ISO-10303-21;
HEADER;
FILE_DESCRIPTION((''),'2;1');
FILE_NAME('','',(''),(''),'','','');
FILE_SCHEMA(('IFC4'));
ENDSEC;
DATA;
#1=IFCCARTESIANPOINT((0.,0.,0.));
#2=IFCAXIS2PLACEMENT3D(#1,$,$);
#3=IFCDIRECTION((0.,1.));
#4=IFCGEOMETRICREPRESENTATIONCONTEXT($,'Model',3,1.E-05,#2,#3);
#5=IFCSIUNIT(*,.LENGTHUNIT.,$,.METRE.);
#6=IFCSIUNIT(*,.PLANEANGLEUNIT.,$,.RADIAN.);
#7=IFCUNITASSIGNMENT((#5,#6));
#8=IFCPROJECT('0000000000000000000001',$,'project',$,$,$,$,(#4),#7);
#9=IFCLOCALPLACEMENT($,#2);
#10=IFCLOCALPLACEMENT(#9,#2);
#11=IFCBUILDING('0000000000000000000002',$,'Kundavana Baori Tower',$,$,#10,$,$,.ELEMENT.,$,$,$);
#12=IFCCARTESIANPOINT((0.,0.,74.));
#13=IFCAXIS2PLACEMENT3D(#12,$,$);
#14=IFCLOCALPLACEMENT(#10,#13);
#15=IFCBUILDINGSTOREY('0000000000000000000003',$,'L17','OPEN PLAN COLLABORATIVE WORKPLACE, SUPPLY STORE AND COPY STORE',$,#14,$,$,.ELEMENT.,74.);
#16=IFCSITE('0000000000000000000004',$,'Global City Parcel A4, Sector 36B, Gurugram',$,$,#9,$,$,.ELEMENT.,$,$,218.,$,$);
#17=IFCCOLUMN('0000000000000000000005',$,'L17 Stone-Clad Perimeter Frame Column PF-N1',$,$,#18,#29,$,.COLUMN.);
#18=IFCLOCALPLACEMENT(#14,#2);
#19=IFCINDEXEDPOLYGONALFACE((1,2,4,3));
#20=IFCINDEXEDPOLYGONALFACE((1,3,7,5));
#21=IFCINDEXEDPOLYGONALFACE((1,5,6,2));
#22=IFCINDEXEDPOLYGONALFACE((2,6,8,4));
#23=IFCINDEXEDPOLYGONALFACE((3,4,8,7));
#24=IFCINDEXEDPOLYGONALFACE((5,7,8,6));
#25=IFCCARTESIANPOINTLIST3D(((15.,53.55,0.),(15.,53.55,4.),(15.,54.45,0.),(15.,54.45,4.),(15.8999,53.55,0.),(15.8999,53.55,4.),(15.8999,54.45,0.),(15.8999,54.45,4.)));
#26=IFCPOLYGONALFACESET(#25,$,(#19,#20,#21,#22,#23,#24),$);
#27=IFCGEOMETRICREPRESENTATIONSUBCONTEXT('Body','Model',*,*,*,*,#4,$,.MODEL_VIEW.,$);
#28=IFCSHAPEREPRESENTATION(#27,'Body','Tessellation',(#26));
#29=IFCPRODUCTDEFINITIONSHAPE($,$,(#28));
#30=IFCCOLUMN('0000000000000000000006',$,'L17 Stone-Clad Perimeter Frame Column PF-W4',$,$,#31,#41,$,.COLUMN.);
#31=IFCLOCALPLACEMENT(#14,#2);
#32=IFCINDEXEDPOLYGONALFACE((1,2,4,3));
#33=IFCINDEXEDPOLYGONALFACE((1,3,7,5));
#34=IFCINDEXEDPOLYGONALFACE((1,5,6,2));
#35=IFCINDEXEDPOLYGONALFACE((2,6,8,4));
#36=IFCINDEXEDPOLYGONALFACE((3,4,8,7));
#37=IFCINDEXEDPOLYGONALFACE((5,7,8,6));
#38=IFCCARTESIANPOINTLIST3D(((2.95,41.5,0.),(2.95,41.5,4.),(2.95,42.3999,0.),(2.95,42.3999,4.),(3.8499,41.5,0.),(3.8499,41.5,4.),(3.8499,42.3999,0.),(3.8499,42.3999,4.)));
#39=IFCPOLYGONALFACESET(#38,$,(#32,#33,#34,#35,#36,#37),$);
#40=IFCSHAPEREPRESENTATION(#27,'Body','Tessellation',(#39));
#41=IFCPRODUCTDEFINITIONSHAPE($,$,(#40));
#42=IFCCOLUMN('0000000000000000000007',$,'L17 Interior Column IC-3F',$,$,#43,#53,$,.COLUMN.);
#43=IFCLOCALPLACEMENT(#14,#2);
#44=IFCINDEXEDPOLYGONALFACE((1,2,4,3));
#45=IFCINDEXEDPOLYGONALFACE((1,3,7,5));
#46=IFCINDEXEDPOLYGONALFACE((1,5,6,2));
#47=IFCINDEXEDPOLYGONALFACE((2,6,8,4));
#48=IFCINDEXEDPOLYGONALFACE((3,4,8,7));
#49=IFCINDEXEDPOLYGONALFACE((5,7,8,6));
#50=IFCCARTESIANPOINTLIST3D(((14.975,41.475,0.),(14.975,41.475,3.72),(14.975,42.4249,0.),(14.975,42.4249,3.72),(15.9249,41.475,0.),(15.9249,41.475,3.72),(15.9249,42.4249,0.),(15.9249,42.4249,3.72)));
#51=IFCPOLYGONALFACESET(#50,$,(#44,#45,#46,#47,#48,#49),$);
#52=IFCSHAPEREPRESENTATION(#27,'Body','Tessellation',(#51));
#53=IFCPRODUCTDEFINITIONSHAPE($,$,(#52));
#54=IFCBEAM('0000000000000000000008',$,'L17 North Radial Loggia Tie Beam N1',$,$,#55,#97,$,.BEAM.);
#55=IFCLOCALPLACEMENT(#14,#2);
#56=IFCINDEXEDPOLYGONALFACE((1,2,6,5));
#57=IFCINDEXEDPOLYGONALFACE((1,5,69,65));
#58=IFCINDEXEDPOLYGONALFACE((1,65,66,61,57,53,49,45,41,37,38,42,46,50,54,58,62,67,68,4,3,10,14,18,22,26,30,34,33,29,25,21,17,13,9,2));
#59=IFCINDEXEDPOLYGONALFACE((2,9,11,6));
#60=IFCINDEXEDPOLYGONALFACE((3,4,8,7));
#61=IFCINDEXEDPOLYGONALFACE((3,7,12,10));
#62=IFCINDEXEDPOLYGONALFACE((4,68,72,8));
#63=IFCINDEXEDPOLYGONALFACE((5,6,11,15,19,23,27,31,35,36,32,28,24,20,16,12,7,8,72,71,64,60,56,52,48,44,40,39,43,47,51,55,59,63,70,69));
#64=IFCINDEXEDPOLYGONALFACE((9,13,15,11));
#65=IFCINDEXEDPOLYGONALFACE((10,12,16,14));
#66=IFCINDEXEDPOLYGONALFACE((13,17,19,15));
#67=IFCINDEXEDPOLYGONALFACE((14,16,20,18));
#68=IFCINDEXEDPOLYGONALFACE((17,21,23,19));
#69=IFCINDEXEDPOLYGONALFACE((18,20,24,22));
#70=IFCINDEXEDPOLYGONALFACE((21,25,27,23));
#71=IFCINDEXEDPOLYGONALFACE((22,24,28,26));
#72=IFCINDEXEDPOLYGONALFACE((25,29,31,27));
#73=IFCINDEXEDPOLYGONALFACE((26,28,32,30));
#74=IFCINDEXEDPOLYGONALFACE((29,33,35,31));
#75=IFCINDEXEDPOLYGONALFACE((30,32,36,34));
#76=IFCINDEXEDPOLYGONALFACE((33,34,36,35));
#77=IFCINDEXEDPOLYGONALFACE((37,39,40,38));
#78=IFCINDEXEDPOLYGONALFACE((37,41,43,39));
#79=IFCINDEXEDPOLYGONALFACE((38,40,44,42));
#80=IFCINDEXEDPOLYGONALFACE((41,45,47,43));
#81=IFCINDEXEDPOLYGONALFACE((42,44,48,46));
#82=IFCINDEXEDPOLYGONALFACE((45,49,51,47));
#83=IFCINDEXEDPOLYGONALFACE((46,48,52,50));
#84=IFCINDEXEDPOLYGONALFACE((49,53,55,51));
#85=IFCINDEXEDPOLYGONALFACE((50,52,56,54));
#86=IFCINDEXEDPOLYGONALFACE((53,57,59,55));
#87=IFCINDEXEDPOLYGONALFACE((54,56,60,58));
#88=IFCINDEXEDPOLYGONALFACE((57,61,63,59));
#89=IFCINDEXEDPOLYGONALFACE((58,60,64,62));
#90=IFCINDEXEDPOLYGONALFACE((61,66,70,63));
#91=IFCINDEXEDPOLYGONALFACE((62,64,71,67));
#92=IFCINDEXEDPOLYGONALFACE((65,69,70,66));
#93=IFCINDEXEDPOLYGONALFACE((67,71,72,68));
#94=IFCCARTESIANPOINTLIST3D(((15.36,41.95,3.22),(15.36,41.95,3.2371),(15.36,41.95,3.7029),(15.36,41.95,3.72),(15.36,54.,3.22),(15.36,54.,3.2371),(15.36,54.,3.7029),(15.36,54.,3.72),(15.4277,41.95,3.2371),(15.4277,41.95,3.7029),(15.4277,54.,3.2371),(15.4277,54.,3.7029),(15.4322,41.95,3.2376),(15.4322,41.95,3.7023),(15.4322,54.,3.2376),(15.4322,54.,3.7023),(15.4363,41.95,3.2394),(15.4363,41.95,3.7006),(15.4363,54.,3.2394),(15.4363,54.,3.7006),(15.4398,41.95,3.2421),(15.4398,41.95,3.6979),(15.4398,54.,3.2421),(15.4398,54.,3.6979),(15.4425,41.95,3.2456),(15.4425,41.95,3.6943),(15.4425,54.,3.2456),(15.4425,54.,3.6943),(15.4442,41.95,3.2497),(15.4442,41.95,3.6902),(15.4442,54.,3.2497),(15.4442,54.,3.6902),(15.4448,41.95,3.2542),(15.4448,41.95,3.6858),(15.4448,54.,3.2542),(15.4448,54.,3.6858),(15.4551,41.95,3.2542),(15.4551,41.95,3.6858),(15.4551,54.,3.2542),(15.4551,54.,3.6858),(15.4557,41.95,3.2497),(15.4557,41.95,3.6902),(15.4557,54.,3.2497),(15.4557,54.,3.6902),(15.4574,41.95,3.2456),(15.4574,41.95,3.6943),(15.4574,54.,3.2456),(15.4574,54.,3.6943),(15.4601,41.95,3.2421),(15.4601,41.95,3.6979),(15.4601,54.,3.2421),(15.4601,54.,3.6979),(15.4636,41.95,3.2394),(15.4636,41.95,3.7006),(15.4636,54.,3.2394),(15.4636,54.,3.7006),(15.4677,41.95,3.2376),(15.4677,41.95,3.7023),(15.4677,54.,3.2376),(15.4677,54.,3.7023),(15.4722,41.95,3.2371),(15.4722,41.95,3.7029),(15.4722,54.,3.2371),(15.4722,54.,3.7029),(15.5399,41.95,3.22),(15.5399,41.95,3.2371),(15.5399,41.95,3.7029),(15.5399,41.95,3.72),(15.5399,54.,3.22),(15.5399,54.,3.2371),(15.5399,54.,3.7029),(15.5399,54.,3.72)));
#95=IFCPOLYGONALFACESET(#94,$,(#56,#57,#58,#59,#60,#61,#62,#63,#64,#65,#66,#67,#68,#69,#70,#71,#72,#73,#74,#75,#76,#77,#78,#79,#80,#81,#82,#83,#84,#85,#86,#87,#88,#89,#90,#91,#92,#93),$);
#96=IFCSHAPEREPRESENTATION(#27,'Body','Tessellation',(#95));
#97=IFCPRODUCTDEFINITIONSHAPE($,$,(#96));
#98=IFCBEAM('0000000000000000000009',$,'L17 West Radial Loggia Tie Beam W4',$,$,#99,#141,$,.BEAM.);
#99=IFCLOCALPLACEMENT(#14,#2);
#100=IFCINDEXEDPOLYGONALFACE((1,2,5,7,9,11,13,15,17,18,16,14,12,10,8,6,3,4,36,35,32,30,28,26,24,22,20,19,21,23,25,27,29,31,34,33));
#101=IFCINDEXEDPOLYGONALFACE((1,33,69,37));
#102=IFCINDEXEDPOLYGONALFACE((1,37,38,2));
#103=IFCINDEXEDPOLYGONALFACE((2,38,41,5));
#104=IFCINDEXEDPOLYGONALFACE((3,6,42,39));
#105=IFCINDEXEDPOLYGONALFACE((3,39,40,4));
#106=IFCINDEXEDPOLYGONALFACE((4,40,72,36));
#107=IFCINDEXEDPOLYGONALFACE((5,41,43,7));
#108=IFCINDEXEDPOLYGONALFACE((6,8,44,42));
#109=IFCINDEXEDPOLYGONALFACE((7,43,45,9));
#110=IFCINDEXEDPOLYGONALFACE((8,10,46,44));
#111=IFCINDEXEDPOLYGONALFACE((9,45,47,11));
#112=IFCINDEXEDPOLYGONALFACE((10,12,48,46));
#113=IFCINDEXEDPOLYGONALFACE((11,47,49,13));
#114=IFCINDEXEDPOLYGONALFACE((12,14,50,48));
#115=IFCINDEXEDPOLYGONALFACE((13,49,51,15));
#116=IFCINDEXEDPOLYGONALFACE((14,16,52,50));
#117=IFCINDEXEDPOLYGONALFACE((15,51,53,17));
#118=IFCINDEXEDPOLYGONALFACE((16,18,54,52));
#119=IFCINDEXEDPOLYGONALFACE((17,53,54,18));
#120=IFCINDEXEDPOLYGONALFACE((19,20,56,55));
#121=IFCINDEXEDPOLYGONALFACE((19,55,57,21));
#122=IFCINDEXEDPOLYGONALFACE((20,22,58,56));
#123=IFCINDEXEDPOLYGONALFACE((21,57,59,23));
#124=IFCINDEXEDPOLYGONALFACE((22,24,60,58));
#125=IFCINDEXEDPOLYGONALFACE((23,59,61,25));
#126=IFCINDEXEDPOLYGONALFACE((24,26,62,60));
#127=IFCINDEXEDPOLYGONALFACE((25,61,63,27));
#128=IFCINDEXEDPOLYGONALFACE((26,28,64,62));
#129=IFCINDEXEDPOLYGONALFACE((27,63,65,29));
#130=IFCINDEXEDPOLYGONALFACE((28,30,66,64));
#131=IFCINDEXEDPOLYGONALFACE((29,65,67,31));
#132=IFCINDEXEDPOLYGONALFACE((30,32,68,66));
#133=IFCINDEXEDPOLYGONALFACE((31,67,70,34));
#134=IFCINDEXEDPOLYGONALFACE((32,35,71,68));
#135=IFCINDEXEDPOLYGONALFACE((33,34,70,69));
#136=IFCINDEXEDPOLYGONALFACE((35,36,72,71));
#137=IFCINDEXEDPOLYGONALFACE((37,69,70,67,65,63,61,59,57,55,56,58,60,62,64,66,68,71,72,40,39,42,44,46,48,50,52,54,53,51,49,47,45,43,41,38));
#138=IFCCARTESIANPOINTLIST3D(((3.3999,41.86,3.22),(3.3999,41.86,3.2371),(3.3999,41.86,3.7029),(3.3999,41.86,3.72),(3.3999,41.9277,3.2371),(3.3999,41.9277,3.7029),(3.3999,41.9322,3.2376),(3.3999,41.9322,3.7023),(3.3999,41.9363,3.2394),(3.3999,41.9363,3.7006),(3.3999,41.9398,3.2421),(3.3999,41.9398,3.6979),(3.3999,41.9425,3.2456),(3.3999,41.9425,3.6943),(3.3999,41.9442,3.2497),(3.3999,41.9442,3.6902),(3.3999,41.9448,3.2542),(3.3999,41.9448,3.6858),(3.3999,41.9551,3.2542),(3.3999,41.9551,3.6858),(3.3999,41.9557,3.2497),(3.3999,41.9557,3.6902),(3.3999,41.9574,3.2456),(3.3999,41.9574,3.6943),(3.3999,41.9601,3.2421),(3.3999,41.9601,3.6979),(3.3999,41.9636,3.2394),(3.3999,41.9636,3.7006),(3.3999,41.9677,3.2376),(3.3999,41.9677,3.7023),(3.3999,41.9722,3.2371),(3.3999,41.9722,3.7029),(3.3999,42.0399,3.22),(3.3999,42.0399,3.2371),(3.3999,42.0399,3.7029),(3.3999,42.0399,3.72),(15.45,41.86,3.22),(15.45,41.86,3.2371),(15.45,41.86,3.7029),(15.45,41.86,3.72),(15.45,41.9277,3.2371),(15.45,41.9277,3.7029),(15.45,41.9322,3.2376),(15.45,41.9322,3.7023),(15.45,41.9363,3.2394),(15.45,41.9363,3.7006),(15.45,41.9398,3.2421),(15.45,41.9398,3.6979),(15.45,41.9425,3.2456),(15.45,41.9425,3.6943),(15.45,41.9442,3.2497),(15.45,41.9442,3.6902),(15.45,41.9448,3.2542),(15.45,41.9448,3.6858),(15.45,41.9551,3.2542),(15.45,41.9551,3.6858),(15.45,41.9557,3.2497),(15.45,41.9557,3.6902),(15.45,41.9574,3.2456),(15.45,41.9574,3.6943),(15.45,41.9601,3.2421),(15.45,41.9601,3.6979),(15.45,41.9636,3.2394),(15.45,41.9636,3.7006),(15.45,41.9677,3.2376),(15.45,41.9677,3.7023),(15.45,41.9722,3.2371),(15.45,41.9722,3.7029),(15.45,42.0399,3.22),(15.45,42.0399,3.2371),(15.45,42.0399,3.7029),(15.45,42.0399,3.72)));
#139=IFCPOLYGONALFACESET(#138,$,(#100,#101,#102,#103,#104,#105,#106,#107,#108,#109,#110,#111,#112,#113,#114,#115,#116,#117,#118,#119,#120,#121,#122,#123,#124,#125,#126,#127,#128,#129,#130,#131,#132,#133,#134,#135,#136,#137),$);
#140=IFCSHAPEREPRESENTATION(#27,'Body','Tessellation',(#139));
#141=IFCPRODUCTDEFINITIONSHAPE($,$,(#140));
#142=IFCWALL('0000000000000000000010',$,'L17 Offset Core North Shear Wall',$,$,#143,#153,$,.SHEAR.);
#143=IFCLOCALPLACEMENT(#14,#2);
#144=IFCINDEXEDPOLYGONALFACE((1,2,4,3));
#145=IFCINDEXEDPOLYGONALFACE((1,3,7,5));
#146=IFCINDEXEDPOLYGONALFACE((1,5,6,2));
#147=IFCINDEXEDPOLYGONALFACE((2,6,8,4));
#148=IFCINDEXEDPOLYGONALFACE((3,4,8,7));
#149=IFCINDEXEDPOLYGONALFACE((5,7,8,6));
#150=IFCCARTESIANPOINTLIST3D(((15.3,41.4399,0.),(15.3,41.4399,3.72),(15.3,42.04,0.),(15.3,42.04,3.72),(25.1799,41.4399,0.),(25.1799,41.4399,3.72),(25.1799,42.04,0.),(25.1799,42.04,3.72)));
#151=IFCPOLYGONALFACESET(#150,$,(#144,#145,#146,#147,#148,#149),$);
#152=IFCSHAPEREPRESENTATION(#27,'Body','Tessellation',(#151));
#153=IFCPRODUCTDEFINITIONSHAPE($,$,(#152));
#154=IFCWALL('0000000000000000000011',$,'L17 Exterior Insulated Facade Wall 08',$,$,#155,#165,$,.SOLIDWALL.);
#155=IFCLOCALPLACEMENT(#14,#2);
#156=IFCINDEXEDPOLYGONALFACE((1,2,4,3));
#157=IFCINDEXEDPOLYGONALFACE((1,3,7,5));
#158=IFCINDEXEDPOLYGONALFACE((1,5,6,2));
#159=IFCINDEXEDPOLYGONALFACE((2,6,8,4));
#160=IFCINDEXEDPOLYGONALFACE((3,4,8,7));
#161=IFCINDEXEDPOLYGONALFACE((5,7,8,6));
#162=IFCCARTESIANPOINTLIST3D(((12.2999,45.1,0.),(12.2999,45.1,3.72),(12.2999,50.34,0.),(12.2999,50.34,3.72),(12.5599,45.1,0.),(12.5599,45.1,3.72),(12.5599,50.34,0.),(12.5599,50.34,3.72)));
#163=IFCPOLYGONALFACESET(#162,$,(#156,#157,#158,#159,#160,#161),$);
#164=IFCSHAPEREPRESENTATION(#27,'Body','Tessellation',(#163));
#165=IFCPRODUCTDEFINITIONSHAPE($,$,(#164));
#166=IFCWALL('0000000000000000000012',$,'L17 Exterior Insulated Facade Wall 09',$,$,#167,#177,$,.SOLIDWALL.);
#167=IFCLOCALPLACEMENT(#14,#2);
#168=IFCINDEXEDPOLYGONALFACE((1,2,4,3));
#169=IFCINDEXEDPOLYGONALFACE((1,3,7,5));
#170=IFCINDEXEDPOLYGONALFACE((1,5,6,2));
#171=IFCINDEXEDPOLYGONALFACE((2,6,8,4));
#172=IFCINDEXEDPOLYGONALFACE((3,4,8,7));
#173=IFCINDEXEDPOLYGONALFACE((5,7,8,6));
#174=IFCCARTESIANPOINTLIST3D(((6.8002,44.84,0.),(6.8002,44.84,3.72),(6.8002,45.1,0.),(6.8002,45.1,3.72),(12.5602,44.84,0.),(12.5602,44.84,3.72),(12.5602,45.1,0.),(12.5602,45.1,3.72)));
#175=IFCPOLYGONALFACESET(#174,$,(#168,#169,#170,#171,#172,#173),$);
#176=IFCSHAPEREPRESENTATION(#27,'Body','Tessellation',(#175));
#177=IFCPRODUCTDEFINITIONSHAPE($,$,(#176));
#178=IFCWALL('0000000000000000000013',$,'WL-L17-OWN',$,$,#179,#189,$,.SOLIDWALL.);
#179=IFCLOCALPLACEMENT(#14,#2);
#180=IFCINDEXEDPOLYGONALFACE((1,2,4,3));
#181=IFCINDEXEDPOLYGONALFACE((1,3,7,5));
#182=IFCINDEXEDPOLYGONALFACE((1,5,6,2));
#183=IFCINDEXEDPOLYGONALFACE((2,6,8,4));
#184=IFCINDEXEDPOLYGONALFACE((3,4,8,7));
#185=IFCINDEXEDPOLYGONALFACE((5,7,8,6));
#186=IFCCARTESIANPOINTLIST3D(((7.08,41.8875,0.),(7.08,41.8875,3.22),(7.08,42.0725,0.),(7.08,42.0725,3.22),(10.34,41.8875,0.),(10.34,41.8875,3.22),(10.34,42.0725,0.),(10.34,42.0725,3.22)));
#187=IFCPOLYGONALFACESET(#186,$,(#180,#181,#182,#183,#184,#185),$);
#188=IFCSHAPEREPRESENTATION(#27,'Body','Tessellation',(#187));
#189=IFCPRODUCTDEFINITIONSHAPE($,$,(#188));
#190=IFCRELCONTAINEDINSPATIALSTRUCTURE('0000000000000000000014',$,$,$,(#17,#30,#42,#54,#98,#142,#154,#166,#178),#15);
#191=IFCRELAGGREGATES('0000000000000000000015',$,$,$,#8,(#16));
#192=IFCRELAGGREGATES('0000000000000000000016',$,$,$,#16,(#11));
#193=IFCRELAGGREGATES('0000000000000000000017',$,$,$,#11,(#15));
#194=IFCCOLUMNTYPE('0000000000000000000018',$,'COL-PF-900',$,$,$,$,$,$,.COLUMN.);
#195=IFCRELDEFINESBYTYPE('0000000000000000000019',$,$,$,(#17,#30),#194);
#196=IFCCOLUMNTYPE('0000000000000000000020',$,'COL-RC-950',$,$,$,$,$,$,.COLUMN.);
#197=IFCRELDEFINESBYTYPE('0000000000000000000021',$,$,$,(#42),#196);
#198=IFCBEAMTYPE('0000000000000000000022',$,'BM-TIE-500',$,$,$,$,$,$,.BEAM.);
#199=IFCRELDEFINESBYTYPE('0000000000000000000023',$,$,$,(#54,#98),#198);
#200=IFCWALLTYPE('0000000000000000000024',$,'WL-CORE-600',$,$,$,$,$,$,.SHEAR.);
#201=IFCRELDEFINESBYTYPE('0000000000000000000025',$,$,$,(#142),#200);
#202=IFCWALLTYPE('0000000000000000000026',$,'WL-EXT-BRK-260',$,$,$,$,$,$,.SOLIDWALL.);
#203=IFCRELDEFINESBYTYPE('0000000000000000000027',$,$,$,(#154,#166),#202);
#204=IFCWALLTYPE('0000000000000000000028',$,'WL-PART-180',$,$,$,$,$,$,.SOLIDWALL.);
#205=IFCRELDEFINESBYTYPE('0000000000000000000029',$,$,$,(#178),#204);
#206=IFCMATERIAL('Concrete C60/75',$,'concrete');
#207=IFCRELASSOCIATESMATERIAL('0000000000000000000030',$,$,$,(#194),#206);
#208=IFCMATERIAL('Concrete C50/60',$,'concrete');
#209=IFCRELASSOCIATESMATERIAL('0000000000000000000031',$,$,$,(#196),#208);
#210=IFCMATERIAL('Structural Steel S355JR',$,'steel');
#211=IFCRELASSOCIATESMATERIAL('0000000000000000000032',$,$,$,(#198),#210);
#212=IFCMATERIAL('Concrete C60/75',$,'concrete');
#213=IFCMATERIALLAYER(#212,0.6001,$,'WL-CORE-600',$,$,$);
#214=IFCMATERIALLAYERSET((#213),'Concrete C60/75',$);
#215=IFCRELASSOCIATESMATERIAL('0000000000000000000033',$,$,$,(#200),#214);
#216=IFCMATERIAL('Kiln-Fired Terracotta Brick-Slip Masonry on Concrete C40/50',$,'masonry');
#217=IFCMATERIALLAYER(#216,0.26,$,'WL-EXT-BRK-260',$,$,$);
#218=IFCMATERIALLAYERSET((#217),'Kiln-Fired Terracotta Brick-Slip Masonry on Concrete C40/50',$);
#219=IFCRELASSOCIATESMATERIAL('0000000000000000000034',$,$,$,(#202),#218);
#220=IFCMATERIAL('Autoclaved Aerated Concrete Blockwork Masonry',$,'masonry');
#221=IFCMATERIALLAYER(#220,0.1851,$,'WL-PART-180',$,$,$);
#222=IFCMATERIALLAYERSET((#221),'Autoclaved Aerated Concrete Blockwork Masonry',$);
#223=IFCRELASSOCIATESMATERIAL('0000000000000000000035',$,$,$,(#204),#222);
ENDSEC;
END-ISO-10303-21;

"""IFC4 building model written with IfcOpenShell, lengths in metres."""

from ifc_helpers import new_model, si_unit, direction, frame, frame_2d, origin, origin_2d, place, context, subcontext, project, spatial, rectangle, i_section, extrude, material, layer, layer_set, material_profile, profile_set, type_object, element, save


model = new_model("IFC4")

# Units and contexts
model_context = context("Model", 3, precision=1e-05, world=origin(), true_north=direction((0.0, 1.0)))
body_context = subcontext(model_context, "Body", "Model", "MODEL_VIEW")
ifc_project = project(units=[si_unit("LENGTHUNIT", "METRE"), si_unit("PLANEANGLEUNIT", "RADIAN")], contexts=[model_context])

# Site, building, storey
site_placement = place(None, origin())
site = spatial("IfcSite", under=ifc_project, at=site_placement, Name="Global City Parcel A4, Sector 36B, Gurugram", CompositionType="ELEMENT", RefElevation=218.0)
building_placement = place(site_placement, origin())
building = spatial("IfcBuilding", under=site, at=building_placement, Name="Kundavana Baori Tower", CompositionType="ELEMENT")
storey_placement = place(building_placement, frame((0.0, 0.0, 74.0)))
storey = spatial("IfcBuildingStorey", under=building, at=storey_placement, Name="L17", Description="OPEN PLAN COLLABORATIVE WORKPLACE, SUPPLY STORE AND COPY STORE", CompositionType="ELEMENT", Elevation=74.0)

# Columns
ifc_material_1 = material(Name="Concrete C60/75", Category="concrete")
ifc_material_profile_1 = material_profile(ifc_material_1, rectangle(XDim=0.8999, YDim=0.8999, at=origin_2d()), Name="RC PF 900x900")
ifc_profile_set_1 = profile_set([ifc_material_profile_1], Name="Concrete C60/75")
column_type_1 = type_object("IfcColumnType", Name="COL-PF-900", PredefinedType="COLUMN", material=ifc_profile_set_1)
for number, where, z_axis, x_axis, name in (
    (1, (15.45, 54.0, 0.0), (0.0, 0.0, 1.0), (1.0, 0.0, 0.0), "L17 Stone-Clad Perimeter Frame Column PF-N1"),
    (2, (3.3999, 41.95, 0.0), (0.0, 0.0, 1.0), (1.0, 0.0, 0.0), "L17 Stone-Clad Perimeter Frame Column PF-W4"),
):
    element("IfcColumn", number, at=place(storey_placement, frame(where, z_axis=z_axis, x_axis=x_axis)), inside=storey, type_object=column_type_1, Name=name, PredefinedType="COLUMN", context=body_context, shape_type="SweptSolid", body=[
        extrude(rectangle(XDim=0.8999, YDim=0.8999, at=origin_2d()), origin(), (0.0, 0.0, 1.0), 4.0),
    ])
ifc_material_2 = material(Name="Concrete C50/60", Category="concrete")
ifc_material_profile_2 = material_profile(ifc_material_2, rectangle(XDim=0.95, YDim=0.95, at=origin_2d()), Name="RC 950x950")
ifc_profile_set_2 = profile_set([ifc_material_profile_2], Name="Concrete C50/60")
column_type_2 = type_object("IfcColumnType", Name="COL-RC-950", PredefinedType="COLUMN", material=ifc_profile_set_2)
column_placement = place(storey_placement, frame((15.45, 41.95, 0.0), z_axis=(0.0, 0.0, 1.0), x_axis=(1.0, 0.0, 0.0)))
element("IfcColumn", 3, at=column_placement, inside=storey, type_object=column_type_2, Name="L17 Interior Column IC-3F", PredefinedType="COLUMN", context=body_context, shape_type="SweptSolid", body=[
    extrude(rectangle(XDim=0.95, YDim=0.95, at=origin_2d()), origin(), (0.0, 0.0, 1.0), 3.72),
])

# Beams
ifc_material_3 = material(Name="Structural Steel S355JR", Category="steel")
ifc_material_profile_3 = material_profile(ifc_material_3, i_section(OverallWidth=0.1799, OverallDepth=0.5, WebThickness=0.0103, FlangeThickness=0.0171, FilletRadius=0.0171, at=origin_2d()), Name="ISMB 500")
ifc_profile_set_3 = profile_set([ifc_material_profile_3], Name="Structural Steel S355JR")
beam_type = type_object("IfcBeamType", Name="BM-TIE-500", PredefinedType="BEAM", material=ifc_profile_set_3)
for number, where, z_axis, x_axis, name in (
    (4, (15.45, 41.95, 3.47), (0.0, 1.0, 0.0), (-1.0, 0.0, 0.0), "L17 North Radial Loggia Tie Beam N1"),
    (5, (15.45, 41.95, 3.47), (-1.0, 0.0, 0.0), (0.0, -1.0, 0.0), "L17 West Radial Loggia Tie Beam W4"),
):
    element("IfcBeam", number, at=place(storey_placement, frame(where, z_axis=z_axis, x_axis=x_axis)), inside=storey, type_object=beam_type, Name=name, PredefinedType="BEAM", context=body_context, shape_type="SweptSolid", body=[
        extrude(i_section(OverallWidth=0.1799, OverallDepth=0.5, WebThickness=0.0103, FlangeThickness=0.0171, FilletRadius=0.0171, at=origin_2d()), origin(), (0.0, 0.0, 1.0), 12.05),
    ])

# Walls
ifc_material_4 = material(Name="Concrete C60/75", Category="concrete")
ifc_layer_1 = layer(ifc_material_4, 0.6001, Name="WL-CORE-600")
ifc_layer_set_1 = layer_set([ifc_layer_1], Name="Concrete C60/75")
wall_type_1 = type_object("IfcWallType", Name="WL-CORE-600", PredefinedType="SHEAR", material=ifc_layer_set_1)
wall_1_placement = place(storey_placement, frame((15.3, 41.74, 0.0), z_axis=(0.0, 0.0, 1.0), x_axis=(1.0, 0.0, 0.0)))
element("IfcWall", 6, at=wall_1_placement, inside=storey, type_object=wall_type_1, Name="L17 Offset Core North Shear Wall", PredefinedType="SHEAR", context=body_context, shape_type="SweptSolid", body=[
    extrude(rectangle(XDim=9.8799, YDim=0.6001, at=frame_2d((4.9399, 0.0))), origin(), (0.0, 0.0, 1.0), 3.72),
])
ifc_material_5 = material(Name="Kiln-Fired Terracotta Brick-Slip Masonry on Concrete C40/50", Category="masonry")
ifc_layer_2 = layer(ifc_material_5, 0.26, Name="WL-EXT-BRK-260")
ifc_layer_set_2 = layer_set([ifc_layer_2], Name="Kiln-Fired Terracotta Brick-Slip Masonry on Concrete C40/50")
wall_type_2 = type_object("IfcWallType", Name="WL-EXT-BRK-260", PredefinedType="SOLIDWALL", material=ifc_layer_set_2)
wall_2_placement = place(storey_placement, frame((12.4299, 50.3401, 0.0), z_axis=(0.0, 0.0, 1.0), x_axis=(0.0, -1.0, 0.0)))
element("IfcWall", 7, at=wall_2_placement, inside=storey, type_object=wall_type_2, Name="L17 Exterior Insulated Facade Wall 08", PredefinedType="SOLIDWALL", context=body_context, shape_type="SweptSolid", body=[
    extrude(rectangle(XDim=5.24, YDim=0.26, at=frame_2d((2.6201, 0.0))), origin(), (0.0, 0.0, 1.0), 3.72),
])
wall_3_placement = place(storey_placement, frame((12.5601, 44.97, 0.0), z_axis=(0.0, 0.0, 1.0), x_axis=(-1.0, 0.0, 0.0)))
element("IfcWall", 8, at=wall_3_placement, inside=storey, type_object=wall_type_2, Name="L17 Exterior Insulated Facade Wall 09", PredefinedType="SOLIDWALL", context=body_context, shape_type="SweptSolid", body=[
    extrude(rectangle(XDim=5.76, YDim=0.26, at=frame_2d((2.8799, 0.0))), origin(), (0.0, 0.0, 1.0), 3.72),
])

# Wall
ifc_material_6 = material(Name="Autoclaved Aerated Concrete Blockwork Masonry", Category="masonry")
ifc_layer_3 = layer(ifc_material_6, 0.1851, Name="WL-PART-180")
ifc_layer_set_3 = layer_set([ifc_layer_3], Name="Autoclaved Aerated Concrete Blockwork Masonry")
wall_type_3 = type_object("IfcWallType", Name="WL-PART-180", PredefinedType="SOLIDWALL", material=ifc_layer_set_3)
wall_4_placement = place(storey_placement, frame((7.0801, 41.98, 0.0), z_axis=(0.0, 0.0, 1.0), x_axis=(1.0, 0.0, 0.0)))
element("IfcWall", 9, at=wall_4_placement, inside=storey, type_object=wall_type_3, Name="WL-L17-OWN", PredefinedType="SOLIDWALL", context=body_context, shape_type="SweptSolid", body=[
    extrude(rectangle(XDim=3.26, YDim=0.1851, at=frame_2d((1.6299, 0.0))), origin(), (0.0, 0.0, 1.0), 3.22),
])

save(model, "model.ifc")
